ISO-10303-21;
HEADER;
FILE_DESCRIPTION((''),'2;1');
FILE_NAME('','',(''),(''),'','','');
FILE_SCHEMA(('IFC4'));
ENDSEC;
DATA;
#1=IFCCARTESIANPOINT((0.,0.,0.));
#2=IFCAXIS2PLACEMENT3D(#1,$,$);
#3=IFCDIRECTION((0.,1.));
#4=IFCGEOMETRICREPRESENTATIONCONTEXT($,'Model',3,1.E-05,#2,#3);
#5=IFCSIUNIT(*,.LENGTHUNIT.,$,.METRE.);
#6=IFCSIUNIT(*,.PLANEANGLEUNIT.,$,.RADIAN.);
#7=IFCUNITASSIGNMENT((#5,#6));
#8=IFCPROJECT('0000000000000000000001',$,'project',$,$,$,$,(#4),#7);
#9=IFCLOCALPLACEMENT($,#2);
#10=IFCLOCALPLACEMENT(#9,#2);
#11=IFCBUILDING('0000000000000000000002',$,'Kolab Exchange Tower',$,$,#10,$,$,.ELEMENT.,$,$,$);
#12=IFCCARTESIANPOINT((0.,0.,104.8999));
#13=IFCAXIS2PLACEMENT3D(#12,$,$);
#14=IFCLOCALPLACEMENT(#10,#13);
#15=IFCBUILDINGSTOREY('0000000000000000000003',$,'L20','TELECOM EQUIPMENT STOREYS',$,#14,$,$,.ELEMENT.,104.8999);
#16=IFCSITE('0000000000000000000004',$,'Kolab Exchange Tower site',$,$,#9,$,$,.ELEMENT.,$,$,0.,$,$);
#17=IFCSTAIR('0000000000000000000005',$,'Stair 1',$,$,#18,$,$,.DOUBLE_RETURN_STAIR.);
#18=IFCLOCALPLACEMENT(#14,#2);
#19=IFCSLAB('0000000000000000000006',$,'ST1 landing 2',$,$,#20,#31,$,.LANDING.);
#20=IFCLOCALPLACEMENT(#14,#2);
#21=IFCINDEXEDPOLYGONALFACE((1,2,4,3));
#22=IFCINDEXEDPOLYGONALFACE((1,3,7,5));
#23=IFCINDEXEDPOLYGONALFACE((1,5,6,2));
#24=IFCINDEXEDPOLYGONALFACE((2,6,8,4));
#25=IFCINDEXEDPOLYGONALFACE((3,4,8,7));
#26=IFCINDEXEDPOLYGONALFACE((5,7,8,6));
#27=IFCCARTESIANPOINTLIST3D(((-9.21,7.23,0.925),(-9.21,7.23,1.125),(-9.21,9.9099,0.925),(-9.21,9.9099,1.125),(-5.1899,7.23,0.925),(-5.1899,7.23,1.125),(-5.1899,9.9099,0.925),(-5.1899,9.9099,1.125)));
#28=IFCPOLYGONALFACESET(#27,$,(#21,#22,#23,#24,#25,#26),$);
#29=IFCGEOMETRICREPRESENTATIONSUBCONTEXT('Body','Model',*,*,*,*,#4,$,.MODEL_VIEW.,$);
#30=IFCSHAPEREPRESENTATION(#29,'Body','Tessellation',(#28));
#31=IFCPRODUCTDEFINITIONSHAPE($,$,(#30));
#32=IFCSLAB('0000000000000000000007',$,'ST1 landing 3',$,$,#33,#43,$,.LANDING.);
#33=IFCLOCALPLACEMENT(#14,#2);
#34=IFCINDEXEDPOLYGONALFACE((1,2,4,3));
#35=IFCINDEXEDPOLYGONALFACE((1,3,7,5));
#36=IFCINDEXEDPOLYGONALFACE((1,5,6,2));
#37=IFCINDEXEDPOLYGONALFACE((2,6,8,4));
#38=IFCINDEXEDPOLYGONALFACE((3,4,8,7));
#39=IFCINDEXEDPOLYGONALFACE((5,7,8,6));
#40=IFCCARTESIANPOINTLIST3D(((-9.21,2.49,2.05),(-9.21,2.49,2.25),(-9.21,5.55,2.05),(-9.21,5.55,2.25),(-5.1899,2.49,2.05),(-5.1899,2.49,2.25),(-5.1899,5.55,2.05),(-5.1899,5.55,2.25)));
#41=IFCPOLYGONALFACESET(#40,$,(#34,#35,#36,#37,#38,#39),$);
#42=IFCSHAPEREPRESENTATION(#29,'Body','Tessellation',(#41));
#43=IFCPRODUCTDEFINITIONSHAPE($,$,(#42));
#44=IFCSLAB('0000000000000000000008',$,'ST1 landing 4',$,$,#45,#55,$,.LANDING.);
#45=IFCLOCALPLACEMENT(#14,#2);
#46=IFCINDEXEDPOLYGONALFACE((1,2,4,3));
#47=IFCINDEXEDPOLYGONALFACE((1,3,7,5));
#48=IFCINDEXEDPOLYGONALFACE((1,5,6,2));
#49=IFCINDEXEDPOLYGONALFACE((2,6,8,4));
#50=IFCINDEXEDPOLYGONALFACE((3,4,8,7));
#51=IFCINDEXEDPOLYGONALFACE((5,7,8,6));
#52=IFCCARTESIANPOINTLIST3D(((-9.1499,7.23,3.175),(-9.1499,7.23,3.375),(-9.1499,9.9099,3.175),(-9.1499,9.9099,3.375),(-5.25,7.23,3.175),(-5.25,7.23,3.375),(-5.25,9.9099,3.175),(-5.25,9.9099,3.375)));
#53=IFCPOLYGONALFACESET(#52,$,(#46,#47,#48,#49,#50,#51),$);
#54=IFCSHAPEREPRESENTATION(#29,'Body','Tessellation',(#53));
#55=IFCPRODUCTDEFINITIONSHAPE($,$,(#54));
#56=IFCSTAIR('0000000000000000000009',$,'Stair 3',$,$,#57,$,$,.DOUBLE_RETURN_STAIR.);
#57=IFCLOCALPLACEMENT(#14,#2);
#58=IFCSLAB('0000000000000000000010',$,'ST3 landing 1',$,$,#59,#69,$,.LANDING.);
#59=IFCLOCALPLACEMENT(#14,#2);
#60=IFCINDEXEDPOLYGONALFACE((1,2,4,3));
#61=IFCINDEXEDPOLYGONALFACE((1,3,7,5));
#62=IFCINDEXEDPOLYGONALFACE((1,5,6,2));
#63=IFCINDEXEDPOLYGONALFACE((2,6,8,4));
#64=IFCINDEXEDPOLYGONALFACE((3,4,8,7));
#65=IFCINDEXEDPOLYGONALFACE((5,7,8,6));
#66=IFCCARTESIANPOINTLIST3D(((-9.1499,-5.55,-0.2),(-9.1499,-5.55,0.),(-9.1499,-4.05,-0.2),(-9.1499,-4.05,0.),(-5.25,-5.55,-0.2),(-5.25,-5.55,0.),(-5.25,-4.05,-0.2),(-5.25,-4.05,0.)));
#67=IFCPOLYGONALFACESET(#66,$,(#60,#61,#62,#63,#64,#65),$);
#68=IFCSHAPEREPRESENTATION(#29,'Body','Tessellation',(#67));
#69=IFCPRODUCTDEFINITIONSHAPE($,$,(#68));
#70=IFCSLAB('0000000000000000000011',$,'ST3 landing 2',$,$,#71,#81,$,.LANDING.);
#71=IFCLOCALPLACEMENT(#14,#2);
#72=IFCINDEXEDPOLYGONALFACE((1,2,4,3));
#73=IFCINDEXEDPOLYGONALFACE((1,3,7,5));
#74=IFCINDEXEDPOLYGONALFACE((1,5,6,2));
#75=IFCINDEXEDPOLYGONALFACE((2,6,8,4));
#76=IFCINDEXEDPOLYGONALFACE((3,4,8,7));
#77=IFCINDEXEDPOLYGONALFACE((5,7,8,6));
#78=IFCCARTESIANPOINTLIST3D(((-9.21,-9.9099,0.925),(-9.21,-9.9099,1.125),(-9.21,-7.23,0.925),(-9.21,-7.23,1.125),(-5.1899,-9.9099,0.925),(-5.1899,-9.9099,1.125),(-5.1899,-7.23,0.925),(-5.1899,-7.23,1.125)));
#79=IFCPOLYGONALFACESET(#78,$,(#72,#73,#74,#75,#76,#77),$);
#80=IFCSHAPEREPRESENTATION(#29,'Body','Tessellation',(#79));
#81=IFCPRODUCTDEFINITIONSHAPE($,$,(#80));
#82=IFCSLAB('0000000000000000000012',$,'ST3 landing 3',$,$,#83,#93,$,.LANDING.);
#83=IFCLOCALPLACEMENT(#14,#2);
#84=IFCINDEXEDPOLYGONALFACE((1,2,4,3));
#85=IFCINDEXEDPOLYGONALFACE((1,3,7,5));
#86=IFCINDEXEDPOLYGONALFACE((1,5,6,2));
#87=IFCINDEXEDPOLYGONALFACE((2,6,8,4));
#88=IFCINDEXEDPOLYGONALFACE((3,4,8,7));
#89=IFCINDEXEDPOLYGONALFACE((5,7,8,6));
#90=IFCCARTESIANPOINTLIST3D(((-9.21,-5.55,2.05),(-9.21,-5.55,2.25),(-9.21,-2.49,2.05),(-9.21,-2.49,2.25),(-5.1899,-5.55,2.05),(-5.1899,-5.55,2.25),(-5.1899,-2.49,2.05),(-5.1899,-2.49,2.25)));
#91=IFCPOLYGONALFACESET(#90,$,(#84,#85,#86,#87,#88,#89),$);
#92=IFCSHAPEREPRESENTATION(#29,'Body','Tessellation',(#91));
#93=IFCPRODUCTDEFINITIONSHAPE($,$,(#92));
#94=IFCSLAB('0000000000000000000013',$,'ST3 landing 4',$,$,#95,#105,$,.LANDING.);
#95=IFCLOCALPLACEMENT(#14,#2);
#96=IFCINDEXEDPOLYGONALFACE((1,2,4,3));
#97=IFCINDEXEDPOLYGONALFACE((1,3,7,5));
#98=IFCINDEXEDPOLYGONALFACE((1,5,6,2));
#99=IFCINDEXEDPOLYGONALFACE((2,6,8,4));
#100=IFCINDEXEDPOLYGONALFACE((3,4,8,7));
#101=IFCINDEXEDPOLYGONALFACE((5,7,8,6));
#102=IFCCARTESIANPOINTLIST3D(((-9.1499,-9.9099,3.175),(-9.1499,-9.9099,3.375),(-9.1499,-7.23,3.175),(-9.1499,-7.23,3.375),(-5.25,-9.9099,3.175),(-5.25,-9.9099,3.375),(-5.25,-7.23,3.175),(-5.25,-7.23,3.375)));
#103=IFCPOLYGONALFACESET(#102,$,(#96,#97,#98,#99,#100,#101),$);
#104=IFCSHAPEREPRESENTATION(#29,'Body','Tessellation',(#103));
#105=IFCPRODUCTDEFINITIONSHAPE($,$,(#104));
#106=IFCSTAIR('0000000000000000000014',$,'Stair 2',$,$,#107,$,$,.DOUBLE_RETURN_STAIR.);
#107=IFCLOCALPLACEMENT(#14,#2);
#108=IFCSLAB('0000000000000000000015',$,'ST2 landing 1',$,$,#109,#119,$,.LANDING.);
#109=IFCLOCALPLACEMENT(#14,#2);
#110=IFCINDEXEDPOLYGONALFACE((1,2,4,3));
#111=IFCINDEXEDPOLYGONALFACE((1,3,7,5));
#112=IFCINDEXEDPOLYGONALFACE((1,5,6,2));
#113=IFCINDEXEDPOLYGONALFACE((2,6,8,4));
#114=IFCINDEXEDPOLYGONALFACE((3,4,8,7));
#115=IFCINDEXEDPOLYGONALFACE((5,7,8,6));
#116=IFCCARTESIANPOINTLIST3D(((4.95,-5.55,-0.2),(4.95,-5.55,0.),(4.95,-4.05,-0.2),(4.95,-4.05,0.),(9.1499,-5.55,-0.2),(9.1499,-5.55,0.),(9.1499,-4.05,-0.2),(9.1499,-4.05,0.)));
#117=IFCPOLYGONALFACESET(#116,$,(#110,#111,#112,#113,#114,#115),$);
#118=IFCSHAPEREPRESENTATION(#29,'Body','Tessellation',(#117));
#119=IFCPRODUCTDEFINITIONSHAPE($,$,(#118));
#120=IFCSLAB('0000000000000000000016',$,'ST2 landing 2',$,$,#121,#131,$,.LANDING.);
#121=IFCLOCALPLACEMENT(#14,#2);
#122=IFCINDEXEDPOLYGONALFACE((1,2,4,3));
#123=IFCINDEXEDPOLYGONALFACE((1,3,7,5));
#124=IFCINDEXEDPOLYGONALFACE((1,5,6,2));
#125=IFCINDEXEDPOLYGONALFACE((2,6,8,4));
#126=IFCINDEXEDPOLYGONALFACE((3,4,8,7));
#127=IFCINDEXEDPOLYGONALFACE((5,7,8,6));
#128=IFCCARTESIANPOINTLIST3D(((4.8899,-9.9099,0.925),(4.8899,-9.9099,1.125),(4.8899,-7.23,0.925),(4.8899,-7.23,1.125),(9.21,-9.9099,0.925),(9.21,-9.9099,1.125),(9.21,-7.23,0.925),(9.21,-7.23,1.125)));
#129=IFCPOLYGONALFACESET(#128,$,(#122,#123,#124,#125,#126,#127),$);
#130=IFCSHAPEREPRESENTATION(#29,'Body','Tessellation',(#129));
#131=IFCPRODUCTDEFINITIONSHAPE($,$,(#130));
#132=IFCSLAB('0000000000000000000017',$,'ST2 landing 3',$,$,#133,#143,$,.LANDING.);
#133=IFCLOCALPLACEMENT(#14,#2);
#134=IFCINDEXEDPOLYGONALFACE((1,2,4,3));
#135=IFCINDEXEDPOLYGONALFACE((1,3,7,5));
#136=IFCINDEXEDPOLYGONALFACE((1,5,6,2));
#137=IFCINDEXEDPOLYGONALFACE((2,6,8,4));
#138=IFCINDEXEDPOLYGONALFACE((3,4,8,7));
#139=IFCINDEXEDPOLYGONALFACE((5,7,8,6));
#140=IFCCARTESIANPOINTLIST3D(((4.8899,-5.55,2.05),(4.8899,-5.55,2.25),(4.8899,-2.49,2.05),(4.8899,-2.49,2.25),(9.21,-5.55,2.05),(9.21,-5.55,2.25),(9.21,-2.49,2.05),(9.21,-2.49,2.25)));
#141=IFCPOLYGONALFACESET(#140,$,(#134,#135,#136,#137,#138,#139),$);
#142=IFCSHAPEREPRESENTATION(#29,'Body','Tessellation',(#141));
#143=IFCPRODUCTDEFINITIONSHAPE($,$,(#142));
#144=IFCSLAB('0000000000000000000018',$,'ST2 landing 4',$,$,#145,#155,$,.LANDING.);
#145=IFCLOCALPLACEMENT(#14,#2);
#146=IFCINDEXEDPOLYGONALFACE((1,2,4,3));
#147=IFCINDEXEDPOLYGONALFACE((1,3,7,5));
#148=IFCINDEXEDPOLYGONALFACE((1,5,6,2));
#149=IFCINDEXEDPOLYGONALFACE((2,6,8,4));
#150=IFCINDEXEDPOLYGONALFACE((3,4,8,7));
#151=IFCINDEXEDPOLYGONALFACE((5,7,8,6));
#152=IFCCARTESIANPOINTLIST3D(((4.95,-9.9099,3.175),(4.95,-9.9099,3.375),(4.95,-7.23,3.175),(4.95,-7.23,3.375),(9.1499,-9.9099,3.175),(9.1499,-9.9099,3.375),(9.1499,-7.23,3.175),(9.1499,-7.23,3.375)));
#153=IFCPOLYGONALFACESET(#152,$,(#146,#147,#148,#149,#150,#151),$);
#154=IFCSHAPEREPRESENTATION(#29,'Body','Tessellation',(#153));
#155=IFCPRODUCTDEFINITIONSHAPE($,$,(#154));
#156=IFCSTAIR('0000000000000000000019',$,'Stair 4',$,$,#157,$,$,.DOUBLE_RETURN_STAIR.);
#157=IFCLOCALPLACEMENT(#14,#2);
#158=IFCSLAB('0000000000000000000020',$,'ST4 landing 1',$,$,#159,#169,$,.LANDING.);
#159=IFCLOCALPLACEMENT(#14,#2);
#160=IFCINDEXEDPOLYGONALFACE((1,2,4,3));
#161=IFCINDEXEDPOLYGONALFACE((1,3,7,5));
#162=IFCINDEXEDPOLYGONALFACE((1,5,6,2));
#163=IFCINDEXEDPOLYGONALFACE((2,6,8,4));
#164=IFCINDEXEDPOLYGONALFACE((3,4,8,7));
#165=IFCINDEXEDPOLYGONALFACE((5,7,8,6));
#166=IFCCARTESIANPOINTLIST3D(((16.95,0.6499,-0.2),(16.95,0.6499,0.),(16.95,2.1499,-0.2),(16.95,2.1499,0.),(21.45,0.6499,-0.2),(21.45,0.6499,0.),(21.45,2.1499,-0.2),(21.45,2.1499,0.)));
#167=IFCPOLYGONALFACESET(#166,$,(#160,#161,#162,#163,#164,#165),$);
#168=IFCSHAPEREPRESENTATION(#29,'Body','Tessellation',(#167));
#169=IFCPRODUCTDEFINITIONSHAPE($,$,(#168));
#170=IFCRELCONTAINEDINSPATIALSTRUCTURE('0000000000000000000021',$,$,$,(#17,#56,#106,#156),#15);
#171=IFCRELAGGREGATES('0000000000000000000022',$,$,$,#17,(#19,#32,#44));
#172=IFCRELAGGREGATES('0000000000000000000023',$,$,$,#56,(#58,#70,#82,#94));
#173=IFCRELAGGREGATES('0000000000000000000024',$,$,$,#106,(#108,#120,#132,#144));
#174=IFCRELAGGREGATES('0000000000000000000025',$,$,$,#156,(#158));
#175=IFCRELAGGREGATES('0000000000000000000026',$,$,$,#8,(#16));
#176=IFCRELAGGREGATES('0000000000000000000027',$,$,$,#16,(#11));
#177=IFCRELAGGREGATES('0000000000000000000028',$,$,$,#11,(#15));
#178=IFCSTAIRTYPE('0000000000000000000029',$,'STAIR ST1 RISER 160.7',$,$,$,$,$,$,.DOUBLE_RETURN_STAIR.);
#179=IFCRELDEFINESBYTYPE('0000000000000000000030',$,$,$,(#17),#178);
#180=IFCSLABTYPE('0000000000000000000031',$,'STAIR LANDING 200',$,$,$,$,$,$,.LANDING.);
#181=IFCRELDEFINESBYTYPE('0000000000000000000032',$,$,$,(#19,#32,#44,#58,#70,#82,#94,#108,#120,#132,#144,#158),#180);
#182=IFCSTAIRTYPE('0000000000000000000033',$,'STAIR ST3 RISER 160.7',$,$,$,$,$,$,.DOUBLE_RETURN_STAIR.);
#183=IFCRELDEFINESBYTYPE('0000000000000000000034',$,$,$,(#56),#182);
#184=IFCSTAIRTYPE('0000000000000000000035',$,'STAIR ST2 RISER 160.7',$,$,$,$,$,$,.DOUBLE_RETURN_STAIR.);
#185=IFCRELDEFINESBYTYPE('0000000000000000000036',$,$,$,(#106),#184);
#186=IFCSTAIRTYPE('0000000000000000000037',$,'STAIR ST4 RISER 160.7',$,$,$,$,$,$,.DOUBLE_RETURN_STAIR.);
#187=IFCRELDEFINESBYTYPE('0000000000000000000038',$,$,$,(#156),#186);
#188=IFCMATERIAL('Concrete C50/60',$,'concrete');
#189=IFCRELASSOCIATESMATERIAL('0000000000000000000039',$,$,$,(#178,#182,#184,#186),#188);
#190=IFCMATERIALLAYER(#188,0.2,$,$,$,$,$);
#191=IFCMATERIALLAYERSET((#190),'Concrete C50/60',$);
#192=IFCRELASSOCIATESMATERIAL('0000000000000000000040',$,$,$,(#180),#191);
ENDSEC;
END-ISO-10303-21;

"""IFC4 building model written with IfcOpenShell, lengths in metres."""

from ifc_helpers import new_model, si_unit, direction, frame, origin, place, context, subcontext, project, spatial, polyline, outline, extrude, material, layer, layer_set, type_object, element, aggregate, save


model = new_model("IFC4")

# Units and contexts
model_context = context("Model", 3, precision=1e-05, world=origin(), true_north=direction((0.0, 1.0)))
body_context = subcontext(model_context, "Body", "Model", "MODEL_VIEW")
ifc_project = project(units=[si_unit("LENGTHUNIT", "METRE"), si_unit("PLANEANGLEUNIT", "RADIAN")], contexts=[model_context])

# Site, building, storey
site_placement = place(None, origin())
site = spatial("IfcSite", under=ifc_project, at=site_placement, Name="Kolab Exchange Tower site", CompositionType="ELEMENT", RefElevation=0.0)
building_placement = place(site_placement, origin())
building = spatial("IfcBuilding", under=site, at=building_placement, Name="Kolab Exchange Tower", CompositionType="ELEMENT")
storey_placement = place(building_placement, frame((0.0, 0.0, 104.8999)))
storey = spatial("IfcBuildingStorey", under=building, at=storey_placement, Name="L20", Description="TELECOM EQUIPMENT STOREYS", CompositionType="ELEMENT", Elevation=104.8999)

# Stairs, slabs
ifc_material_1 = material(Name="Concrete C50/60", Category="concrete")
stair_type_1 = type_object("IfcStairType", Name="STAIR ST1 RISER 160.7", PredefinedType="DOUBLE_RETURN_STAIR", material=ifc_material_1)
stair_1_placement = place(storey_placement, origin())
stair_1 = element("IfcStair", 1, at=stair_1_placement, inside=storey, type_object=stair_type_1, Name="Stair 1", PredefinedType="DOUBLE_RETURN_STAIR")
ifc_layer_1 = layer(ifc_material_1, 0.2)
ifc_layer_set_1 = layer_set([ifc_layer_1], Name="Concrete C50/60")
slab_type_1 = type_object("IfcSlabType", Name="STAIR LANDING 200", PredefinedType="LANDING", material=ifc_layer_set_1)
slab_1_placement = place(storey_placement, frame((0.0, 0.0, 0.925)))
slab_1 = element("IfcSlab", 2, at=slab_1_placement, type_object=slab_type_1, Name="ST1 landing 2", PredefinedType="LANDING", context=body_context, shape_type="SweptSolid", body=[
    extrude(outline(polyline([(-9.21, 7.23), (-5.1899, 7.23), (-5.1899, 9.9099), (-9.21, 9.9099), (-9.21, 7.23)])), origin(), (0.0, 0.0, 1.0), 0.2),
])
slab_2_placement = place(storey_placement, frame((0.0, 0.0, 2.05)))
slab_2 = element("IfcSlab", 3, at=slab_2_placement, type_object=slab_type_1, Name="ST1 landing 3", PredefinedType="LANDING", context=body_context, shape_type="SweptSolid", body=[
    extrude(outline(polyline([(-9.21, 2.49), (-5.1899, 2.49), (-5.1899, 5.55), (-9.21, 5.55), (-9.21, 2.49)])), origin(), (0.0, 0.0, 1.0), 0.2),
])
slab_3_placement = place(storey_placement, frame((0.0, 0.0, 3.175)))
slab_3 = element("IfcSlab", 4, at=slab_3_placement, type_object=slab_type_1, Name="ST1 landing 4", PredefinedType="LANDING", context=body_context, shape_type="SweptSolid", body=[
    extrude(outline(polyline([(-9.1499, 7.23), (-5.25, 7.23), (-5.25, 9.9099), (-9.1499, 9.9099), (-9.1499, 7.23)])), origin(), (0.0, 0.0, 1.0), 0.2),
])
aggregate(stair_1, [slab_1, slab_2, slab_3])
stair_type_2 = type_object("IfcStairType", Name="STAIR ST3 RISER 160.7", PredefinedType="DOUBLE_RETURN_STAIR", material=ifc_material_1)
stair_2_placement = place(storey_placement, origin())
stair_2 = element("IfcStair", 5, at=stair_2_placement, inside=storey, type_object=stair_type_2, Name="Stair 3", PredefinedType="DOUBLE_RETURN_STAIR")
slab_4_placement = place(storey_placement, frame((0.0, 0.0, -0.2)))
slab_4 = element("IfcSlab", 6, at=slab_4_placement, type_object=slab_type_1, Name="ST3 landing 1", PredefinedType="LANDING", context=body_context, shape_type="SweptSolid", body=[
    extrude(outline(polyline([(-9.1499, -5.55), (-5.25, -5.55), (-5.25, -4.05), (-9.1499, -4.05), (-9.1499, -5.55)])), origin(), (0.0, 0.0, 1.0), 0.2),
])
slab_5_placement = place(storey_placement, frame((0.0, 0.0, 0.925)))
slab_5 = element("IfcSlab", 7, at=slab_5_placement, type_object=slab_type_1, Name="ST3 landing 2", PredefinedType="LANDING", context=body_context, shape_type="SweptSolid", body=[
    extrude(outline(polyline([(-9.21, -9.9099), (-5.1899, -9.9099), (-5.1899, -7.23), (-9.21, -7.23), (-9.21, -9.9099)])), origin(), (0.0, 0.0, 1.0), 0.2),
])
slab_6_placement = place(storey_placement, frame((0.0, 0.0, 2.05)))
slab_6 = element("IfcSlab", 8, at=slab_6_placement, type_object=slab_type_1, Name="ST3 landing 3", PredefinedType="LANDING", context=body_context, shape_type="SweptSolid", body=[
    extrude(outline(polyline([(-9.21, -5.55), (-5.1899, -5.55), (-5.1899, -2.49), (-9.21, -2.49), (-9.21, -5.55)])), origin(), (0.0, 0.0, 1.0), 0.2),
])
slab_7_placement = place(storey_placement, frame((0.0, 0.0, 3.175)))
slab_7 = element("IfcSlab", 9, at=slab_7_placement, type_object=slab_type_1, Name="ST3 landing 4", PredefinedType="LANDING", context=body_context, shape_type="SweptSolid", body=[
    extrude(outline(polyline([(-9.1499, -9.9099), (-5.25, -9.9099), (-5.25, -7.23), (-9.1499, -7.23), (-9.1499, -9.9099)])), origin(), (0.0, 0.0, 1.0), 0.2),
])
aggregate(stair_2, [slab_4, slab_5, slab_6, slab_7])
stair_type_3 = type_object("IfcStairType", Name="STAIR ST2 RISER 160.7", PredefinedType="DOUBLE_RETURN_STAIR", material=ifc_material_1)
stair_3_placement = place(storey_placement, origin())
stair_3 = element("IfcStair", 10, at=stair_3_placement, inside=storey, type_object=stair_type_3, Name="Stair 2", PredefinedType="DOUBLE_RETURN_STAIR")
slab_8_placement = place(storey_placement, frame((0.0, 0.0, -0.2)))
slab_8 = element("IfcSlab", 11, at=slab_8_placement, type_object=slab_type_1, Name="ST2 landing 1", PredefinedType="LANDING", context=body_context, shape_type="SweptSolid", body=[
    extrude(outline(polyline([(4.95, -5.55), (9.1499, -5.55), (9.1499, -4.05), (4.95, -4.05), (4.95, -5.55)])), origin(), (0.0, 0.0, 1.0), 0.2),
])
slab_9_placement = place(storey_placement, frame((0.0, 0.0, 0.925)))
slab_9 = element("IfcSlab", 12, at=slab_9_placement, type_object=slab_type_1, Name="ST2 landing 2", PredefinedType="LANDING", context=body_context, shape_type="SweptSolid", body=[
    extrude(outline(polyline([(4.8899, -9.9099), (9.21, -9.9099), (9.21, -7.23), (4.8899, -7.23), (4.8899, -9.9099)])), origin(), (0.0, 0.0, 1.0), 0.2),
])
slab_10_placement = place(storey_placement, frame((0.0, 0.0, 2.05)))
slab_10 = element("IfcSlab", 13, at=slab_10_placement, type_object=slab_type_1, Name="ST2 landing 3", PredefinedType="LANDING", context=body_context, shape_type="SweptSolid", body=[
    extrude(outline(polyline([(4.8899, -5.55), (9.21, -5.55), (9.21, -2.49), (4.8899, -2.49), (4.8899, -5.55)])), origin(), (0.0, 0.0, 1.0), 0.2),
])
slab_11_placement = place(storey_placement, frame((0.0, 0.0, 3.175)))
slab_11 = element("IfcSlab", 14, at=slab_11_placement, type_object=slab_type_1, Name="ST2 landing 4", PredefinedType="LANDING", context=body_context, shape_type="SweptSolid", body=[
    extrude(outline(polyline([(4.95, -9.9099), (9.1499, -9.9099), (9.1499, -7.23), (4.95, -7.23), (4.95, -9.9099)])), origin(), (0.0, 0.0, 1.0), 0.2),
])
aggregate(stair_3, [slab_8, slab_9, slab_10, slab_11])

# Stair, slab
stair_type_4 = type_object("IfcStairType", Name="STAIR ST4 RISER 160.7", PredefinedType="DOUBLE_RETURN_STAIR", material=ifc_material_1)
stair_4_placement = place(storey_placement, origin())
stair_4 = element("IfcStair", 15, at=stair_4_placement, inside=storey, type_object=stair_type_4, Name="Stair 4", PredefinedType="DOUBLE_RETURN_STAIR")
slab_12_placement = place(storey_placement, frame((0.0, 0.0, -0.2)))
slab_12 = element("IfcSlab", 16, at=slab_12_placement, type_object=slab_type_1, Name="ST4 landing 1", PredefinedType="LANDING", context=body_context, shape_type="SweptSolid", body=[
    extrude(outline(polyline([(16.95, 0.6499), (21.45, 0.6499), (21.45, 2.1499), (16.95, 2.1499), (16.95, 0.6499)])), origin(), (0.0, 0.0, 1.0), 0.2),
])
aggregate(stair_4, [slab_12])

save(model, "model.ifc")
